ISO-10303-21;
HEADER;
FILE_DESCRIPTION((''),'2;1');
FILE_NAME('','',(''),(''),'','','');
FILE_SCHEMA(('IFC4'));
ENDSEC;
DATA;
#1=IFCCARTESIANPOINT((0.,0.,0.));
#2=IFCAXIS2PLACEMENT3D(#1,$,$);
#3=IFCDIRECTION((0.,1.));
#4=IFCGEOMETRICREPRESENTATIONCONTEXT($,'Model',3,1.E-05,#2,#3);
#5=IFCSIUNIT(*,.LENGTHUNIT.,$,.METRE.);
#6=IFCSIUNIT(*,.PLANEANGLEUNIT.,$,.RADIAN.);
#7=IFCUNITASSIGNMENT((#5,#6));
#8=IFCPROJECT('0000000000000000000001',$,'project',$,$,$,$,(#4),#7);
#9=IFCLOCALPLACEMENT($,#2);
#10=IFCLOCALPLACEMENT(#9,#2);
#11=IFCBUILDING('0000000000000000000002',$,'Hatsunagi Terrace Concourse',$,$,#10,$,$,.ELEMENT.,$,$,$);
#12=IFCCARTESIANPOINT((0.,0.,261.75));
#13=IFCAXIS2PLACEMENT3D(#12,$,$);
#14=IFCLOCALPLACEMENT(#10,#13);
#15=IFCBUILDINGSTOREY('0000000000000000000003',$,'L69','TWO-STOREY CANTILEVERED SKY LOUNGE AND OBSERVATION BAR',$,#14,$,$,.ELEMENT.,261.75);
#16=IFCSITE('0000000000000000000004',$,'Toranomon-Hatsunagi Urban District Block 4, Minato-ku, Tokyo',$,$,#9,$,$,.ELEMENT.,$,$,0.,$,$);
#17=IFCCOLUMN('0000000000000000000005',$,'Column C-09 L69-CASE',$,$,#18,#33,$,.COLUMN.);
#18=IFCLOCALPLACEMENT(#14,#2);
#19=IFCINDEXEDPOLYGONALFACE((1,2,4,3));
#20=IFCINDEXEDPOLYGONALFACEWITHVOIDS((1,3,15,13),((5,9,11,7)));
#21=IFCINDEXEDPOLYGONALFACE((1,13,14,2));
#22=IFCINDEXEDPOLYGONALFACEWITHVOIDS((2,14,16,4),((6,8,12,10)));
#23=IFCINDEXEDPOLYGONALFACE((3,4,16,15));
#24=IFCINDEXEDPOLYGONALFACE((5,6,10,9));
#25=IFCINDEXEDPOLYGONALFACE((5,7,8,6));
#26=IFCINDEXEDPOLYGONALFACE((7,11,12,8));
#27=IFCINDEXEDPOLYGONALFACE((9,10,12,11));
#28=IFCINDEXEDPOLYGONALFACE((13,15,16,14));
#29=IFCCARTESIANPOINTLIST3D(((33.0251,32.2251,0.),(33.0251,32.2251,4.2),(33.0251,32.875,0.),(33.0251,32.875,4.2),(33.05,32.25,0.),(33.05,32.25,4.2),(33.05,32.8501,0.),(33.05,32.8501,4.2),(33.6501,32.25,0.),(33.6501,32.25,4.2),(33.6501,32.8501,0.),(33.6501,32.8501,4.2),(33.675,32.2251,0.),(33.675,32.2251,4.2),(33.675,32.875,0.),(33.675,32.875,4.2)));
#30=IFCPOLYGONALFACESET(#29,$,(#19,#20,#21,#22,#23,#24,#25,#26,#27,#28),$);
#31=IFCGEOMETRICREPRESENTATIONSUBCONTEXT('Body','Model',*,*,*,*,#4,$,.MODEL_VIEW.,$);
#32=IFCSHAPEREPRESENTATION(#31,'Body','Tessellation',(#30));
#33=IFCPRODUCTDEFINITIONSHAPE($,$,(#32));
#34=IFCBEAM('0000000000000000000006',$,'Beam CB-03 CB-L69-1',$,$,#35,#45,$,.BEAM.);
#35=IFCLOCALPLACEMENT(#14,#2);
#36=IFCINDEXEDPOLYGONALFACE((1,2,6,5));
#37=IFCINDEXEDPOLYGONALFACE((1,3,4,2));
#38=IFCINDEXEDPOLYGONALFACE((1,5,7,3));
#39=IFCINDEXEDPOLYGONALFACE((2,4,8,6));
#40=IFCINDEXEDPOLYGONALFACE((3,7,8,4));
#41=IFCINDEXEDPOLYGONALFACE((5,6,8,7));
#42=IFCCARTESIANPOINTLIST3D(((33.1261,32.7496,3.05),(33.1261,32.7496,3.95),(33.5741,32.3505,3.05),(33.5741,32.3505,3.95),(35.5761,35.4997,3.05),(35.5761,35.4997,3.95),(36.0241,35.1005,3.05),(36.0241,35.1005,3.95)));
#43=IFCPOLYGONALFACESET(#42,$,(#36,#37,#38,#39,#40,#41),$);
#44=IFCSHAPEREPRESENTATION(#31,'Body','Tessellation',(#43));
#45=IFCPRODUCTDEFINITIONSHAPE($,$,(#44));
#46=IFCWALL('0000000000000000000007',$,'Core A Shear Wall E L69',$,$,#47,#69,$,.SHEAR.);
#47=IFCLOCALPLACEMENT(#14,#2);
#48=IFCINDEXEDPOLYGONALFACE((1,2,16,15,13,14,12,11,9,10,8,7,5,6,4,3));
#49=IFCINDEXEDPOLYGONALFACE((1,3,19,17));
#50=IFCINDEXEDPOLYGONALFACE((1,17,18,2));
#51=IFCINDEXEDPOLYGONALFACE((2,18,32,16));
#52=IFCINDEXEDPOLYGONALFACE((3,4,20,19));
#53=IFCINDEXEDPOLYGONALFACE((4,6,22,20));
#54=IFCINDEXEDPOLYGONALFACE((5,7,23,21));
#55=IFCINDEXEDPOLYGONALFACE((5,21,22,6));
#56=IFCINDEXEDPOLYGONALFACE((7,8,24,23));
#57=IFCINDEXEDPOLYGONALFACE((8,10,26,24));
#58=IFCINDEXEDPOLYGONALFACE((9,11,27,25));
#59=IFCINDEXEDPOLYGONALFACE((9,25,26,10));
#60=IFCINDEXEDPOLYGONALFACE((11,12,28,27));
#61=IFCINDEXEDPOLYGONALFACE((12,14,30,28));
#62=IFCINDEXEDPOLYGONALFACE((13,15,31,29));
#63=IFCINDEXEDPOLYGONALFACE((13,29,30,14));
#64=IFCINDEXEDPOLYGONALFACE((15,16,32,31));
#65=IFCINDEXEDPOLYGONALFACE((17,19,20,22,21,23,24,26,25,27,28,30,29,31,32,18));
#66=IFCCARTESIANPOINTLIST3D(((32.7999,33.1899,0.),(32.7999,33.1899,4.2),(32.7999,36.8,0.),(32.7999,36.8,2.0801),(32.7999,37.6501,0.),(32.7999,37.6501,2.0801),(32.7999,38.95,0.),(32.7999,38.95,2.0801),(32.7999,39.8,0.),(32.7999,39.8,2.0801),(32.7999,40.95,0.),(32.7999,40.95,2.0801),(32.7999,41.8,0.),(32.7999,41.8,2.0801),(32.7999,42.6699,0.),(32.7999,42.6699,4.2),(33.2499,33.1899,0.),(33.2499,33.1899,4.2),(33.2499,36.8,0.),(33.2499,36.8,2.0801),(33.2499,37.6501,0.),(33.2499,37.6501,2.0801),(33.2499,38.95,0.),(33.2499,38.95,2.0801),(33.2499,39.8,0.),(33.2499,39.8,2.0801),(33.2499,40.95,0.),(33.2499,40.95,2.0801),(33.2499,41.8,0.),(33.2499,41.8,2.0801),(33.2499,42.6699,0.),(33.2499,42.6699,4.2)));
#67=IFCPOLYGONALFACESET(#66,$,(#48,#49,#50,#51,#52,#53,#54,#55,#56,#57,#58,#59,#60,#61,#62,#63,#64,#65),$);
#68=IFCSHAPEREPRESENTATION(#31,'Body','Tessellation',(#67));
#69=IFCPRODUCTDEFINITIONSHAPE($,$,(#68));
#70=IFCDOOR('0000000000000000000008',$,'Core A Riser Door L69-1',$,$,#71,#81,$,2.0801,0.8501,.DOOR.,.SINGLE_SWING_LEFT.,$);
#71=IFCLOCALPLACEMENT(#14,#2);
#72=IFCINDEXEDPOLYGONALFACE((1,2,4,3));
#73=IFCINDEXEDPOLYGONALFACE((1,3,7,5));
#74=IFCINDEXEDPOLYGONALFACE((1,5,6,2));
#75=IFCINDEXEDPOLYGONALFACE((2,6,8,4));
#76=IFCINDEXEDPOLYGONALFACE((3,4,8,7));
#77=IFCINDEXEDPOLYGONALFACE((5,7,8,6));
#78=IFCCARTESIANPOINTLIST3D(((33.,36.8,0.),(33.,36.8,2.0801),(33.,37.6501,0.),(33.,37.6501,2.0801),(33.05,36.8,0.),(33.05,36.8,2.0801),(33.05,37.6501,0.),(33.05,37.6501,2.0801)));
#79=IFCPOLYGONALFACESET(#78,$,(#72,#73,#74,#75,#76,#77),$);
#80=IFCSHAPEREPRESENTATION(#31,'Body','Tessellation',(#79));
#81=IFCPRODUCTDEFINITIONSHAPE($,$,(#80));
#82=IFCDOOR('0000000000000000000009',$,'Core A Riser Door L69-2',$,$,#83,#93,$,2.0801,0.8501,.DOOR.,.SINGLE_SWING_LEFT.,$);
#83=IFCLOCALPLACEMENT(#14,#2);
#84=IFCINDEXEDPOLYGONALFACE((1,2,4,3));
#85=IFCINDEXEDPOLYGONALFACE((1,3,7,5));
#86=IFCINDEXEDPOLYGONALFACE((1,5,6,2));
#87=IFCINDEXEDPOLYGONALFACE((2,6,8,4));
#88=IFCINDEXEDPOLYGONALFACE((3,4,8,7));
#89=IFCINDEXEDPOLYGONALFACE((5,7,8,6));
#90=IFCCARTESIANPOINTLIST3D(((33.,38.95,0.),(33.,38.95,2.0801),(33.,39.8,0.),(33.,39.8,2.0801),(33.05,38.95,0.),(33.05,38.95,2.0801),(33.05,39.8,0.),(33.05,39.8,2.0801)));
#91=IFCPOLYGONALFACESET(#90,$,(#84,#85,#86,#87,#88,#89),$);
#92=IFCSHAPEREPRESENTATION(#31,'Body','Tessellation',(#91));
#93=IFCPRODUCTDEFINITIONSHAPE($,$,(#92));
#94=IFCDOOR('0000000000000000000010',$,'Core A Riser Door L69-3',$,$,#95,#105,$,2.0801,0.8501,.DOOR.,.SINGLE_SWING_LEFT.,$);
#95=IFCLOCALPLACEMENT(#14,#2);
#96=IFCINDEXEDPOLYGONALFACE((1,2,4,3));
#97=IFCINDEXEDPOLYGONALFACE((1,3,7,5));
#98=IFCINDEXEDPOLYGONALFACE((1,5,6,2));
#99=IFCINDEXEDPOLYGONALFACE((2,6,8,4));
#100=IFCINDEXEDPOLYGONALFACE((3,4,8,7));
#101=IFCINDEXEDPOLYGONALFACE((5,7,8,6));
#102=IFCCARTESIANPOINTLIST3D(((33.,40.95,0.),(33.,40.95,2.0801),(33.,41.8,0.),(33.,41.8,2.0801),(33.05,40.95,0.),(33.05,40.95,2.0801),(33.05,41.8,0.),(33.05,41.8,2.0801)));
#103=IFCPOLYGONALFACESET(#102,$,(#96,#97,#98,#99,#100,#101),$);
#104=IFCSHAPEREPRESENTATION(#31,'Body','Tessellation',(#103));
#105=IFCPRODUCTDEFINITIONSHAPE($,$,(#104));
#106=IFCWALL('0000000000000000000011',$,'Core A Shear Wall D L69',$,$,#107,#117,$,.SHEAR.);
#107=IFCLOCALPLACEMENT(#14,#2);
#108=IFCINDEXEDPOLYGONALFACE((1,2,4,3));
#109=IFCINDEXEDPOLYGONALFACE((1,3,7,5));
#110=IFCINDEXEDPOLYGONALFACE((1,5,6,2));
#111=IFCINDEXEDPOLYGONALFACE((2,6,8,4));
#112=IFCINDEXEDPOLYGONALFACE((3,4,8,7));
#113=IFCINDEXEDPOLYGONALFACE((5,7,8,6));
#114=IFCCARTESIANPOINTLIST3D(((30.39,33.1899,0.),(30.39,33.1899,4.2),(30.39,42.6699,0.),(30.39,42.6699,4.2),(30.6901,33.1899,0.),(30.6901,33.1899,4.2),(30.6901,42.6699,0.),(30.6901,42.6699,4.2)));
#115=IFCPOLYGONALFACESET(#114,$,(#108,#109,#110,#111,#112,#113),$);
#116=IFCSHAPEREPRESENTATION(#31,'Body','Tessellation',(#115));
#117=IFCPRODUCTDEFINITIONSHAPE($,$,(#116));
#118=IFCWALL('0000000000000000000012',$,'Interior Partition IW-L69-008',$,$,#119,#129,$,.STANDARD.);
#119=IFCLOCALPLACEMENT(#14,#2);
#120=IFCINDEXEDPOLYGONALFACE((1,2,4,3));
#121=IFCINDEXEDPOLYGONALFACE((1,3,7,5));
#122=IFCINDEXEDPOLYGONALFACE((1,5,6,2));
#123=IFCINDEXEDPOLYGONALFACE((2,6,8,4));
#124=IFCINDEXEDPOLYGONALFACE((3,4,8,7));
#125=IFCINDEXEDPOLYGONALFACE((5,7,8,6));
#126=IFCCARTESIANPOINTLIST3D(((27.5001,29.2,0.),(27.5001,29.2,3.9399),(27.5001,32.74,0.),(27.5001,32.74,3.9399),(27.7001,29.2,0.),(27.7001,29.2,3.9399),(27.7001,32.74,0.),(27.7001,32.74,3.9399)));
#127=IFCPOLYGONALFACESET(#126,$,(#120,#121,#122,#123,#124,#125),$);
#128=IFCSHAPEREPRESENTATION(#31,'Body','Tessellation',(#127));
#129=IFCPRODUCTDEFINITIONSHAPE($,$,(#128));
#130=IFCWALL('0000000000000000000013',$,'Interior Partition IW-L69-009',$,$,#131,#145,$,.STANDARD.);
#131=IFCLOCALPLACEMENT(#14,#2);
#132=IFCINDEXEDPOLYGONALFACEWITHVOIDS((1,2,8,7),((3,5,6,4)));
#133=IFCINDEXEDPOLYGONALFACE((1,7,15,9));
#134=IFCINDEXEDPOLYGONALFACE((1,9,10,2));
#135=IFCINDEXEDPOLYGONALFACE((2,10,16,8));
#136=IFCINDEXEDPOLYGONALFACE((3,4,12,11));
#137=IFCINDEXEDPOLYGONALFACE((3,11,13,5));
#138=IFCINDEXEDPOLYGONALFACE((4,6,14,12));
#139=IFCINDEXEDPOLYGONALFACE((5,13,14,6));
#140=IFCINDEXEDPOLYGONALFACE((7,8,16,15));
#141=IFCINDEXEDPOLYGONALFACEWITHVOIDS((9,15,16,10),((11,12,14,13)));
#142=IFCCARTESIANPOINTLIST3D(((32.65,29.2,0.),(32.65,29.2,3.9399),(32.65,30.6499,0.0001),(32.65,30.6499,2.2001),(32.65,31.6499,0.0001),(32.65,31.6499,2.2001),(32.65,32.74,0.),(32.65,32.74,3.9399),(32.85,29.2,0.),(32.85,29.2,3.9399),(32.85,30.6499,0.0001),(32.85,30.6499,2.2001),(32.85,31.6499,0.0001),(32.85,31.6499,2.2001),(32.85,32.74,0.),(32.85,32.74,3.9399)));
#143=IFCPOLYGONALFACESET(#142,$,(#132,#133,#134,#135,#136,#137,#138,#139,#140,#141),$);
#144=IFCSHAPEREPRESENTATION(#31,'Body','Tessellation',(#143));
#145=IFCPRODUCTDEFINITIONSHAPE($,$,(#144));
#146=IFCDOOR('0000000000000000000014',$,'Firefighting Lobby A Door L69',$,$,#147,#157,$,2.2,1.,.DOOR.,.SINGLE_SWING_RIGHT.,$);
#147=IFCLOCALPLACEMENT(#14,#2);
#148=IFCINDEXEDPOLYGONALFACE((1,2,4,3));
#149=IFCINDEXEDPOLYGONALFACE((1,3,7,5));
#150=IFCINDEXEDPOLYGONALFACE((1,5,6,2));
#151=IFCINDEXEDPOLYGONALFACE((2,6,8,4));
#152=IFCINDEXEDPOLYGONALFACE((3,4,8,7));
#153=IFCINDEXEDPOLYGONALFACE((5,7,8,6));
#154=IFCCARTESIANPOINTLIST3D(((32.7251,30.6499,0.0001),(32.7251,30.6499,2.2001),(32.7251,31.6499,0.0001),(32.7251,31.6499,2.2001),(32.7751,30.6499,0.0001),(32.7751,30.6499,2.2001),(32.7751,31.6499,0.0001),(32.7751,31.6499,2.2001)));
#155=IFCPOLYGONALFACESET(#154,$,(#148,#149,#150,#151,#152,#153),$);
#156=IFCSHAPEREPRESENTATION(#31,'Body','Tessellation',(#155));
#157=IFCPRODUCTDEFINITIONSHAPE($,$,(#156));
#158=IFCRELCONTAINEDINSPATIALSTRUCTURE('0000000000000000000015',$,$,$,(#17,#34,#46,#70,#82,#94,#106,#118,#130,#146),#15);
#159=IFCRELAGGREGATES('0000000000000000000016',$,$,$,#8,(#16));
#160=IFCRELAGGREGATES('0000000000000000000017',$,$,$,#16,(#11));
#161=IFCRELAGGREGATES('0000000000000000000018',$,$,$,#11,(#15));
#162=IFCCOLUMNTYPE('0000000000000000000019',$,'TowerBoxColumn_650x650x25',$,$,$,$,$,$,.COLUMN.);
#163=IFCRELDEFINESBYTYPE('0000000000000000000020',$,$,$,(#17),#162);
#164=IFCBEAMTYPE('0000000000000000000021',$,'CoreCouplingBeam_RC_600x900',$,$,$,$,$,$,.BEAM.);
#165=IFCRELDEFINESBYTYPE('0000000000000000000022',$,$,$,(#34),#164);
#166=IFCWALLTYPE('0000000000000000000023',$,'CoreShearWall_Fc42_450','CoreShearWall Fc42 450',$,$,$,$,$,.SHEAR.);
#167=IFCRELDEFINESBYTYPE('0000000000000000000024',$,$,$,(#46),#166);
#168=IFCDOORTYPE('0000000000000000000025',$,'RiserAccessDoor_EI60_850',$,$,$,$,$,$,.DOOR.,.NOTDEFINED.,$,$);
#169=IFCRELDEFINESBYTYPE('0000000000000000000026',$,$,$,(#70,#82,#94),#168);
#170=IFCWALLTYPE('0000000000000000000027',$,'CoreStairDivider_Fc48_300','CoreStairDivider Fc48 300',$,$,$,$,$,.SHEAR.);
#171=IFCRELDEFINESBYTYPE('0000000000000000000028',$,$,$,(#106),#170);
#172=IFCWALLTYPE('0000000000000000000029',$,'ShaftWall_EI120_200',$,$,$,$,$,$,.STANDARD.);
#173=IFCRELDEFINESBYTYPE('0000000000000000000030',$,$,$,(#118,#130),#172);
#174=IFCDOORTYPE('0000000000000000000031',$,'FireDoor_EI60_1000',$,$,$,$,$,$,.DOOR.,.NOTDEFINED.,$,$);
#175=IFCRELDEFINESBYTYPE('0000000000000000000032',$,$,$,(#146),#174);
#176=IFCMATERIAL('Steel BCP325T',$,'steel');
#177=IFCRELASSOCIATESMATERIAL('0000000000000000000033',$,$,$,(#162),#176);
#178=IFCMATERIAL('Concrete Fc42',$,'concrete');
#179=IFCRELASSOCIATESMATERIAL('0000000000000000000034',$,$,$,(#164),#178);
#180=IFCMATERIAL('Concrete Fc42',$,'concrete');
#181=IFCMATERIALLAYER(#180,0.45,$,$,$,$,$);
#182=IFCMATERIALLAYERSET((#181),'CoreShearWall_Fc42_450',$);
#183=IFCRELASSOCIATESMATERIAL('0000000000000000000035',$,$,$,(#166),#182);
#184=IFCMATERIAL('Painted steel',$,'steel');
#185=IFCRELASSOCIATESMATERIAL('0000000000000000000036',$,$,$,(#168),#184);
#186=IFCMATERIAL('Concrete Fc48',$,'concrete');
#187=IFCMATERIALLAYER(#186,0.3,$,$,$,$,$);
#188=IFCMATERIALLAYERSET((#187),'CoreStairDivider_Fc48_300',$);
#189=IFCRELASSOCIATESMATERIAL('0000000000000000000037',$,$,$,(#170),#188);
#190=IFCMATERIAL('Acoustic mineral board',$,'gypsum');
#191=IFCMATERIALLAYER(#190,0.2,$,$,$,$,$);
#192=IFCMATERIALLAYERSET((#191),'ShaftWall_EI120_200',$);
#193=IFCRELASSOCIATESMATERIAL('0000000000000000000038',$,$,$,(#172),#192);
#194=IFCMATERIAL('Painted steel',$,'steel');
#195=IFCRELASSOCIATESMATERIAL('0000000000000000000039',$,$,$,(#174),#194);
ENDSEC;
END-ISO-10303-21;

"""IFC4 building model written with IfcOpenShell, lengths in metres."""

from ifc_helpers import new_model, si_unit, direction, frame, frame_2d, origin, origin_2d, place, context, subcontext, project, spatial, rectangle, hollow_rectangle, extrude, material, layer, layer_set, material_profile, profile_set, type_object, element, fill, save


model = new_model("IFC4")

# Units and contexts
model_context = context("Model", 3, precision=1e-05, world=origin(), true_north=direction((0.0, 1.0)))
body_context = subcontext(model_context, "Body", "Model", "MODEL_VIEW")
ifc_project = project(units=[si_unit("LENGTHUNIT", "METRE"), si_unit("PLANEANGLEUNIT", "RADIAN")], contexts=[model_context])

# Site, building, storey
site_placement = place(None, origin())
site = spatial("IfcSite", under=ifc_project, at=site_placement, Name="Toranomon-Hatsunagi Urban District Block 4, Minato-ku, Tokyo", CompositionType="ELEMENT", RefElevation=0.0)
building_placement = place(site_placement, origin())
building = spatial("IfcBuilding", under=site, at=building_placement, Name="Hatsunagi Terrace Concourse", CompositionType="ELEMENT")
storey_placement = place(building_placement, frame((0.0, 0.0, 261.75)))
storey = spatial("IfcBuildingStorey", under=building, at=storey_placement, Name="L69", Description="TWO-STOREY CANTILEVERED SKY LOUNGE AND OBSERVATION BAR", CompositionType="ELEMENT", Elevation=261.75)

# Column
ifc_material_1 = material(Name="Steel BCP325T", Category="steel")
ifc_material_profile_1 = material_profile(ifc_material_1, hollow_rectangle(XDim=0.6499, YDim=0.6499, WallThickness=0.0249, at=origin_2d()), Name="BCP-650x650x25")
ifc_profile_set_1 = profile_set([ifc_material_profile_1], Name="Steel BCP325T")
column_type = type_object("IfcColumnType", Name="TowerBoxColumn_650x650x25", PredefinedType="COLUMN", material=ifc_profile_set_1)
column_placement = place(storey_placement, frame((33.3501, 32.55, 0.0), z_axis=(0.0, 0.0, 1.0), x_axis=(1.0, 0.0, 0.0)))
element("IfcColumn", 1, at=column_placement, inside=storey, type_object=column_type, Name="Column C-09 L69-CASE", PredefinedType="COLUMN", context=body_context, shape_type="SweptSolid", body=[
    extrude(hollow_rectangle(XDim=0.6499, YDim=0.6499, WallThickness=0.0249, at=origin_2d()), origin(), (0.0, 0.0, 1.0), 4.2),
])

# Beam
ifc_material_2 = material(Name="Concrete Fc42", Category="concrete")
ifc_material_profile_2 = material_profile(ifc_material_2, rectangle(XDim=0.6001, YDim=0.8999, at=origin_2d()), Name="RC-600x900")
ifc_profile_set_2 = profile_set([ifc_material_profile_2], Name="Concrete Fc42")
beam_type = type_object("IfcBeamType", Name="CoreCouplingBeam_RC_600x900", PredefinedType="BEAM", material=ifc_profile_set_2)
beam_placement = place(storey_placement, frame((33.3501, 32.55, 3.5), z_axis=(0.665199, 0.746666, 0.0), x_axis=(-0.746666, 0.665199, 0.0)))
element("IfcBeam", 2, at=beam_placement, inside=storey, type_object=beam_type, Name="Beam CB-03 CB-L69-1", PredefinedType="BEAM", context=body_context, shape_type="SweptSolid", body=[
    extrude(rectangle(XDim=0.6001, YDim=0.8999, at=origin_2d()), origin(), (0.0, 0.0, 1.0), 3.6831),
])

# Wall, openings, doors
ifc_material_3 = material(Name="Concrete Fc42", Category="concrete")
ifc_layer_1 = layer(ifc_material_3, 0.45)
ifc_layer_set_1 = layer_set([ifc_layer_1], Name="CoreShearWall_Fc42_450")
wall_type_1 = type_object("IfcWallType", Name="CoreShearWall_Fc42_450", Description="CoreShearWall Fc42 450", PredefinedType="SHEAR", material=ifc_layer_set_1)
wall_1_placement = place(storey_placement, frame((33.0249, 33.1899, 0.0), z_axis=(0.0, 0.0, 1.0), x_axis=(0.0, 1.0, 0.0)))
wall_1 = element("IfcWall", 3, at=wall_1_placement, inside=storey, type_object=wall_type_1, Name="Core A Shear Wall E L69", PredefinedType="SHEAR", context=body_context, shape_type="SweptSolid", body=[
    extrude(rectangle(XDim=9.48, YDim=0.45, at=frame_2d((4.74, 0.0))), origin(), (0.0, 0.0, 1.0), 4.2),
])
opening_1_placement = place(wall_1_placement, frame((3.6101, 0.0, 0.0)))
opening_1 = element("IfcOpeningElement", 4, at=opening_1_placement, cuts=wall_1, PredefinedType="OPENING", context=body_context, shape_type="SweptSolid", body=[
    extrude(rectangle(XDim=0.8501, YDim=2.0801, at=frame_2d((0.425, 1.04))), frame((0.0, 0.2349, 0.0), z_axis=(0.0, -1.0, 0.0), x_axis=(1.0, 0.0, 0.0)), (0.0, 0.0, 1.0), 0.47),
])
opening_2_placement = place(wall_1_placement, frame((5.76, 0.0, 0.0)))
opening_2 = element("IfcOpeningElement", 5, at=opening_2_placement, cuts=wall_1, PredefinedType="OPENING", context=body_context, shape_type="SweptSolid", body=[
    extrude(rectangle(XDim=0.8501, YDim=2.0801, at=frame_2d((0.425, 1.04))), frame((0.0, 0.2349, 0.0), z_axis=(0.0, -1.0, 0.0), x_axis=(1.0, 0.0, 0.0)), (0.0, 0.0, 1.0), 0.47),
])
opening_3_placement = place(wall_1_placement, frame((7.76, 0.0, 0.0)))
opening_3 = element("IfcOpeningElement", 6, at=opening_3_placement, cuts=wall_1, PredefinedType="OPENING", context=body_context, shape_type="SweptSolid", body=[
    extrude(rectangle(XDim=0.8501, YDim=2.0801, at=frame_2d((0.425, 1.04))), frame((0.0, 0.2349, 0.0), z_axis=(0.0, -1.0, 0.0), x_axis=(1.0, 0.0, 0.0)), (0.0, 0.0, 1.0), 0.47),
])
ifc_material_4 = material(Name="Painted steel", Category="steel")
door_type_1 = type_object("IfcDoorType", Name="RiserAccessDoor_EI60_850", OperationType="NOTDEFINED", PredefinedType="DOOR", material=ifc_material_4)
door_1_placement = place(opening_1_placement, origin())
door_1 = element("IfcDoor", 7, at=door_1_placement, inside=storey, type_object=door_type_1, Name="Core A Riser Door L69-1", OperationType="SINGLE_SWING_LEFT", OverallHeight=2.0801, OverallWidth=0.8501, PredefinedType="DOOR", context=body_context, shape_type="SweptSolid", body=[
    extrude(rectangle(XDim=0.8501, YDim=2.0801, at=frame_2d((0.425, 1.04))), frame((0.0, 0.0249, 0.0), z_axis=(0.0, -1.0, 0.0), x_axis=(1.0, 0.0, 0.0)), (0.0, 0.0, 1.0), 0.05),
])
fill(opening_1, door_1)
door_2_placement = place(opening_2_placement, origin())
door_2 = element("IfcDoor", 8, at=door_2_placement, inside=storey, type_object=door_type_1, Name="Core A Riser Door L69-2", OperationType="SINGLE_SWING_LEFT", OverallHeight=2.0801, OverallWidth=0.8501, PredefinedType="DOOR", context=body_context, shape_type="SweptSolid", body=[
    extrude(rectangle(XDim=0.8501, YDim=2.0801, at=frame_2d((0.425, 1.04))), frame((0.0, 0.0249, 0.0), z_axis=(0.0, -1.0, 0.0), x_axis=(1.0, 0.0, 0.0)), (0.0, 0.0, 1.0), 0.05),
])
fill(opening_2, door_2)
door_3_placement = place(opening_3_placement, origin())
door_3 = element("IfcDoor", 9, at=door_3_placement, inside=storey, type_object=door_type_1, Name="Core A Riser Door L69-3", OperationType="SINGLE_SWING_LEFT", OverallHeight=2.0801, OverallWidth=0.8501, PredefinedType="DOOR", context=body_context, shape_type="SweptSolid", body=[
    extrude(rectangle(XDim=0.8501, YDim=2.0801, at=frame_2d((0.425, 1.04))), frame((0.0, 0.0249, 0.0), z_axis=(0.0, -1.0, 0.0), x_axis=(1.0, 0.0, 0.0)), (0.0, 0.0, 1.0), 0.05),
])
fill(opening_3, door_3)

# Walls
ifc_material_5 = material(Name="Concrete Fc48", Category="concrete")
ifc_layer_2 = layer(ifc_material_5, 0.3)
ifc_layer_set_2 = layer_set([ifc_layer_2], Name="CoreStairDivider_Fc48_300")
wall_type_2 = type_object("IfcWallType", Name="CoreStairDivider_Fc48_300", Description="CoreStairDivider Fc48 300", PredefinedType="SHEAR", material=ifc_layer_set_2)
wall_2_placement = place(storey_placement, frame((30.54, 33.1899, 0.0), z_axis=(0.0, 0.0, 1.0), x_axis=(0.0, 1.0, 0.0)))
element("IfcWall", 10, at=wall_2_placement, inside=storey, type_object=wall_type_2, Name="Core A Shear Wall D L69", PredefinedType="SHEAR", context=body_context, shape_type="SweptSolid", body=[
    extrude(rectangle(XDim=9.48, YDim=0.3, at=frame_2d((4.74, 0.0))), origin(), (0.0, 0.0, 1.0), 4.2),
])
ifc_material_6 = material(Name="Acoustic mineral board", Category="gypsum")
ifc_layer_3 = layer(ifc_material_6, 0.2)
ifc_layer_set_3 = layer_set([ifc_layer_3], Name="ShaftWall_EI120_200")
wall_type_3 = type_object("IfcWallType", Name="ShaftWall_EI120_200", PredefinedType="STANDARD", material=ifc_layer_set_3)
wall_3_placement = place(storey_placement, frame((27.6001, 29.2, 0.0), z_axis=(0.0, 0.0, 1.0), x_axis=(0.0, 1.0, 0.0)))
element("IfcWall", 11, at=wall_3_placement, inside=storey, type_object=wall_type_3, Name="Interior Partition IW-L69-008", PredefinedType="STANDARD", context=body_context, shape_type="SweptSolid", body=[
    extrude(rectangle(XDim=3.54, YDim=0.2, at=frame_2d((1.77, 0.0))), origin(), (0.0, 0.0, 1.0), 3.9399),
])

# Wall, opening, door
wall_4_placement = place(storey_placement, frame((32.75, 29.2, 0.0), z_axis=(0.0, 0.0, 1.0), x_axis=(0.0, 1.0, 0.0)))
wall_4 = element("IfcWall", 12, at=wall_4_placement, inside=storey, type_object=wall_type_3, Name="Interior Partition IW-L69-009", PredefinedType="STANDARD", context=body_context, shape_type="SweptSolid", body=[
    extrude(rectangle(XDim=3.54, YDim=0.2, at=frame_2d((1.77, 0.0))), origin(), (0.0, 0.0, 1.0), 3.9399),
])
opening_4_placement = place(wall_4_placement, frame((1.45, 0.0, 0.0)))
opening_4 = element("IfcOpeningElement", 13, at=opening_4_placement, cuts=wall_4, PredefinedType="OPENING", context=body_context, shape_type="SweptSolid", body=[
    extrude(rectangle(XDim=1.0, YDim=2.2, at=frame_2d((0.5, 1.1001))), frame((0.0, 0.1099, 0.0), z_axis=(0.0, -1.0, 0.0), x_axis=(1.0, 0.0, 0.0)), (0.0, 0.0, 1.0), 0.22),
])
ifc_material_7 = material(Name="Painted steel", Category="steel")
door_type_2 = type_object("IfcDoorType", Name="FireDoor_EI60_1000", OperationType="NOTDEFINED", PredefinedType="DOOR", material=ifc_material_7)
door_4_placement = place(opening_4_placement, origin())
door_4 = element("IfcDoor", 14, at=door_4_placement, inside=storey, type_object=door_type_2, Name="Firefighting Lobby A Door L69", OperationType="SINGLE_SWING_RIGHT", OverallHeight=2.2, OverallWidth=1.0, PredefinedType="DOOR", context=body_context, shape_type="SweptSolid", body=[
    extrude(rectangle(XDim=1.0, YDim=2.2, at=frame_2d((0.5, 1.1001))), frame((0.0, 0.0249, 0.0), z_axis=(0.0, -1.0, 0.0), x_axis=(1.0, 0.0, 0.0)), (0.0, 0.0, 1.0), 0.05),
])
fill(opening_4, door_4)

save(model, "model.ifc")
